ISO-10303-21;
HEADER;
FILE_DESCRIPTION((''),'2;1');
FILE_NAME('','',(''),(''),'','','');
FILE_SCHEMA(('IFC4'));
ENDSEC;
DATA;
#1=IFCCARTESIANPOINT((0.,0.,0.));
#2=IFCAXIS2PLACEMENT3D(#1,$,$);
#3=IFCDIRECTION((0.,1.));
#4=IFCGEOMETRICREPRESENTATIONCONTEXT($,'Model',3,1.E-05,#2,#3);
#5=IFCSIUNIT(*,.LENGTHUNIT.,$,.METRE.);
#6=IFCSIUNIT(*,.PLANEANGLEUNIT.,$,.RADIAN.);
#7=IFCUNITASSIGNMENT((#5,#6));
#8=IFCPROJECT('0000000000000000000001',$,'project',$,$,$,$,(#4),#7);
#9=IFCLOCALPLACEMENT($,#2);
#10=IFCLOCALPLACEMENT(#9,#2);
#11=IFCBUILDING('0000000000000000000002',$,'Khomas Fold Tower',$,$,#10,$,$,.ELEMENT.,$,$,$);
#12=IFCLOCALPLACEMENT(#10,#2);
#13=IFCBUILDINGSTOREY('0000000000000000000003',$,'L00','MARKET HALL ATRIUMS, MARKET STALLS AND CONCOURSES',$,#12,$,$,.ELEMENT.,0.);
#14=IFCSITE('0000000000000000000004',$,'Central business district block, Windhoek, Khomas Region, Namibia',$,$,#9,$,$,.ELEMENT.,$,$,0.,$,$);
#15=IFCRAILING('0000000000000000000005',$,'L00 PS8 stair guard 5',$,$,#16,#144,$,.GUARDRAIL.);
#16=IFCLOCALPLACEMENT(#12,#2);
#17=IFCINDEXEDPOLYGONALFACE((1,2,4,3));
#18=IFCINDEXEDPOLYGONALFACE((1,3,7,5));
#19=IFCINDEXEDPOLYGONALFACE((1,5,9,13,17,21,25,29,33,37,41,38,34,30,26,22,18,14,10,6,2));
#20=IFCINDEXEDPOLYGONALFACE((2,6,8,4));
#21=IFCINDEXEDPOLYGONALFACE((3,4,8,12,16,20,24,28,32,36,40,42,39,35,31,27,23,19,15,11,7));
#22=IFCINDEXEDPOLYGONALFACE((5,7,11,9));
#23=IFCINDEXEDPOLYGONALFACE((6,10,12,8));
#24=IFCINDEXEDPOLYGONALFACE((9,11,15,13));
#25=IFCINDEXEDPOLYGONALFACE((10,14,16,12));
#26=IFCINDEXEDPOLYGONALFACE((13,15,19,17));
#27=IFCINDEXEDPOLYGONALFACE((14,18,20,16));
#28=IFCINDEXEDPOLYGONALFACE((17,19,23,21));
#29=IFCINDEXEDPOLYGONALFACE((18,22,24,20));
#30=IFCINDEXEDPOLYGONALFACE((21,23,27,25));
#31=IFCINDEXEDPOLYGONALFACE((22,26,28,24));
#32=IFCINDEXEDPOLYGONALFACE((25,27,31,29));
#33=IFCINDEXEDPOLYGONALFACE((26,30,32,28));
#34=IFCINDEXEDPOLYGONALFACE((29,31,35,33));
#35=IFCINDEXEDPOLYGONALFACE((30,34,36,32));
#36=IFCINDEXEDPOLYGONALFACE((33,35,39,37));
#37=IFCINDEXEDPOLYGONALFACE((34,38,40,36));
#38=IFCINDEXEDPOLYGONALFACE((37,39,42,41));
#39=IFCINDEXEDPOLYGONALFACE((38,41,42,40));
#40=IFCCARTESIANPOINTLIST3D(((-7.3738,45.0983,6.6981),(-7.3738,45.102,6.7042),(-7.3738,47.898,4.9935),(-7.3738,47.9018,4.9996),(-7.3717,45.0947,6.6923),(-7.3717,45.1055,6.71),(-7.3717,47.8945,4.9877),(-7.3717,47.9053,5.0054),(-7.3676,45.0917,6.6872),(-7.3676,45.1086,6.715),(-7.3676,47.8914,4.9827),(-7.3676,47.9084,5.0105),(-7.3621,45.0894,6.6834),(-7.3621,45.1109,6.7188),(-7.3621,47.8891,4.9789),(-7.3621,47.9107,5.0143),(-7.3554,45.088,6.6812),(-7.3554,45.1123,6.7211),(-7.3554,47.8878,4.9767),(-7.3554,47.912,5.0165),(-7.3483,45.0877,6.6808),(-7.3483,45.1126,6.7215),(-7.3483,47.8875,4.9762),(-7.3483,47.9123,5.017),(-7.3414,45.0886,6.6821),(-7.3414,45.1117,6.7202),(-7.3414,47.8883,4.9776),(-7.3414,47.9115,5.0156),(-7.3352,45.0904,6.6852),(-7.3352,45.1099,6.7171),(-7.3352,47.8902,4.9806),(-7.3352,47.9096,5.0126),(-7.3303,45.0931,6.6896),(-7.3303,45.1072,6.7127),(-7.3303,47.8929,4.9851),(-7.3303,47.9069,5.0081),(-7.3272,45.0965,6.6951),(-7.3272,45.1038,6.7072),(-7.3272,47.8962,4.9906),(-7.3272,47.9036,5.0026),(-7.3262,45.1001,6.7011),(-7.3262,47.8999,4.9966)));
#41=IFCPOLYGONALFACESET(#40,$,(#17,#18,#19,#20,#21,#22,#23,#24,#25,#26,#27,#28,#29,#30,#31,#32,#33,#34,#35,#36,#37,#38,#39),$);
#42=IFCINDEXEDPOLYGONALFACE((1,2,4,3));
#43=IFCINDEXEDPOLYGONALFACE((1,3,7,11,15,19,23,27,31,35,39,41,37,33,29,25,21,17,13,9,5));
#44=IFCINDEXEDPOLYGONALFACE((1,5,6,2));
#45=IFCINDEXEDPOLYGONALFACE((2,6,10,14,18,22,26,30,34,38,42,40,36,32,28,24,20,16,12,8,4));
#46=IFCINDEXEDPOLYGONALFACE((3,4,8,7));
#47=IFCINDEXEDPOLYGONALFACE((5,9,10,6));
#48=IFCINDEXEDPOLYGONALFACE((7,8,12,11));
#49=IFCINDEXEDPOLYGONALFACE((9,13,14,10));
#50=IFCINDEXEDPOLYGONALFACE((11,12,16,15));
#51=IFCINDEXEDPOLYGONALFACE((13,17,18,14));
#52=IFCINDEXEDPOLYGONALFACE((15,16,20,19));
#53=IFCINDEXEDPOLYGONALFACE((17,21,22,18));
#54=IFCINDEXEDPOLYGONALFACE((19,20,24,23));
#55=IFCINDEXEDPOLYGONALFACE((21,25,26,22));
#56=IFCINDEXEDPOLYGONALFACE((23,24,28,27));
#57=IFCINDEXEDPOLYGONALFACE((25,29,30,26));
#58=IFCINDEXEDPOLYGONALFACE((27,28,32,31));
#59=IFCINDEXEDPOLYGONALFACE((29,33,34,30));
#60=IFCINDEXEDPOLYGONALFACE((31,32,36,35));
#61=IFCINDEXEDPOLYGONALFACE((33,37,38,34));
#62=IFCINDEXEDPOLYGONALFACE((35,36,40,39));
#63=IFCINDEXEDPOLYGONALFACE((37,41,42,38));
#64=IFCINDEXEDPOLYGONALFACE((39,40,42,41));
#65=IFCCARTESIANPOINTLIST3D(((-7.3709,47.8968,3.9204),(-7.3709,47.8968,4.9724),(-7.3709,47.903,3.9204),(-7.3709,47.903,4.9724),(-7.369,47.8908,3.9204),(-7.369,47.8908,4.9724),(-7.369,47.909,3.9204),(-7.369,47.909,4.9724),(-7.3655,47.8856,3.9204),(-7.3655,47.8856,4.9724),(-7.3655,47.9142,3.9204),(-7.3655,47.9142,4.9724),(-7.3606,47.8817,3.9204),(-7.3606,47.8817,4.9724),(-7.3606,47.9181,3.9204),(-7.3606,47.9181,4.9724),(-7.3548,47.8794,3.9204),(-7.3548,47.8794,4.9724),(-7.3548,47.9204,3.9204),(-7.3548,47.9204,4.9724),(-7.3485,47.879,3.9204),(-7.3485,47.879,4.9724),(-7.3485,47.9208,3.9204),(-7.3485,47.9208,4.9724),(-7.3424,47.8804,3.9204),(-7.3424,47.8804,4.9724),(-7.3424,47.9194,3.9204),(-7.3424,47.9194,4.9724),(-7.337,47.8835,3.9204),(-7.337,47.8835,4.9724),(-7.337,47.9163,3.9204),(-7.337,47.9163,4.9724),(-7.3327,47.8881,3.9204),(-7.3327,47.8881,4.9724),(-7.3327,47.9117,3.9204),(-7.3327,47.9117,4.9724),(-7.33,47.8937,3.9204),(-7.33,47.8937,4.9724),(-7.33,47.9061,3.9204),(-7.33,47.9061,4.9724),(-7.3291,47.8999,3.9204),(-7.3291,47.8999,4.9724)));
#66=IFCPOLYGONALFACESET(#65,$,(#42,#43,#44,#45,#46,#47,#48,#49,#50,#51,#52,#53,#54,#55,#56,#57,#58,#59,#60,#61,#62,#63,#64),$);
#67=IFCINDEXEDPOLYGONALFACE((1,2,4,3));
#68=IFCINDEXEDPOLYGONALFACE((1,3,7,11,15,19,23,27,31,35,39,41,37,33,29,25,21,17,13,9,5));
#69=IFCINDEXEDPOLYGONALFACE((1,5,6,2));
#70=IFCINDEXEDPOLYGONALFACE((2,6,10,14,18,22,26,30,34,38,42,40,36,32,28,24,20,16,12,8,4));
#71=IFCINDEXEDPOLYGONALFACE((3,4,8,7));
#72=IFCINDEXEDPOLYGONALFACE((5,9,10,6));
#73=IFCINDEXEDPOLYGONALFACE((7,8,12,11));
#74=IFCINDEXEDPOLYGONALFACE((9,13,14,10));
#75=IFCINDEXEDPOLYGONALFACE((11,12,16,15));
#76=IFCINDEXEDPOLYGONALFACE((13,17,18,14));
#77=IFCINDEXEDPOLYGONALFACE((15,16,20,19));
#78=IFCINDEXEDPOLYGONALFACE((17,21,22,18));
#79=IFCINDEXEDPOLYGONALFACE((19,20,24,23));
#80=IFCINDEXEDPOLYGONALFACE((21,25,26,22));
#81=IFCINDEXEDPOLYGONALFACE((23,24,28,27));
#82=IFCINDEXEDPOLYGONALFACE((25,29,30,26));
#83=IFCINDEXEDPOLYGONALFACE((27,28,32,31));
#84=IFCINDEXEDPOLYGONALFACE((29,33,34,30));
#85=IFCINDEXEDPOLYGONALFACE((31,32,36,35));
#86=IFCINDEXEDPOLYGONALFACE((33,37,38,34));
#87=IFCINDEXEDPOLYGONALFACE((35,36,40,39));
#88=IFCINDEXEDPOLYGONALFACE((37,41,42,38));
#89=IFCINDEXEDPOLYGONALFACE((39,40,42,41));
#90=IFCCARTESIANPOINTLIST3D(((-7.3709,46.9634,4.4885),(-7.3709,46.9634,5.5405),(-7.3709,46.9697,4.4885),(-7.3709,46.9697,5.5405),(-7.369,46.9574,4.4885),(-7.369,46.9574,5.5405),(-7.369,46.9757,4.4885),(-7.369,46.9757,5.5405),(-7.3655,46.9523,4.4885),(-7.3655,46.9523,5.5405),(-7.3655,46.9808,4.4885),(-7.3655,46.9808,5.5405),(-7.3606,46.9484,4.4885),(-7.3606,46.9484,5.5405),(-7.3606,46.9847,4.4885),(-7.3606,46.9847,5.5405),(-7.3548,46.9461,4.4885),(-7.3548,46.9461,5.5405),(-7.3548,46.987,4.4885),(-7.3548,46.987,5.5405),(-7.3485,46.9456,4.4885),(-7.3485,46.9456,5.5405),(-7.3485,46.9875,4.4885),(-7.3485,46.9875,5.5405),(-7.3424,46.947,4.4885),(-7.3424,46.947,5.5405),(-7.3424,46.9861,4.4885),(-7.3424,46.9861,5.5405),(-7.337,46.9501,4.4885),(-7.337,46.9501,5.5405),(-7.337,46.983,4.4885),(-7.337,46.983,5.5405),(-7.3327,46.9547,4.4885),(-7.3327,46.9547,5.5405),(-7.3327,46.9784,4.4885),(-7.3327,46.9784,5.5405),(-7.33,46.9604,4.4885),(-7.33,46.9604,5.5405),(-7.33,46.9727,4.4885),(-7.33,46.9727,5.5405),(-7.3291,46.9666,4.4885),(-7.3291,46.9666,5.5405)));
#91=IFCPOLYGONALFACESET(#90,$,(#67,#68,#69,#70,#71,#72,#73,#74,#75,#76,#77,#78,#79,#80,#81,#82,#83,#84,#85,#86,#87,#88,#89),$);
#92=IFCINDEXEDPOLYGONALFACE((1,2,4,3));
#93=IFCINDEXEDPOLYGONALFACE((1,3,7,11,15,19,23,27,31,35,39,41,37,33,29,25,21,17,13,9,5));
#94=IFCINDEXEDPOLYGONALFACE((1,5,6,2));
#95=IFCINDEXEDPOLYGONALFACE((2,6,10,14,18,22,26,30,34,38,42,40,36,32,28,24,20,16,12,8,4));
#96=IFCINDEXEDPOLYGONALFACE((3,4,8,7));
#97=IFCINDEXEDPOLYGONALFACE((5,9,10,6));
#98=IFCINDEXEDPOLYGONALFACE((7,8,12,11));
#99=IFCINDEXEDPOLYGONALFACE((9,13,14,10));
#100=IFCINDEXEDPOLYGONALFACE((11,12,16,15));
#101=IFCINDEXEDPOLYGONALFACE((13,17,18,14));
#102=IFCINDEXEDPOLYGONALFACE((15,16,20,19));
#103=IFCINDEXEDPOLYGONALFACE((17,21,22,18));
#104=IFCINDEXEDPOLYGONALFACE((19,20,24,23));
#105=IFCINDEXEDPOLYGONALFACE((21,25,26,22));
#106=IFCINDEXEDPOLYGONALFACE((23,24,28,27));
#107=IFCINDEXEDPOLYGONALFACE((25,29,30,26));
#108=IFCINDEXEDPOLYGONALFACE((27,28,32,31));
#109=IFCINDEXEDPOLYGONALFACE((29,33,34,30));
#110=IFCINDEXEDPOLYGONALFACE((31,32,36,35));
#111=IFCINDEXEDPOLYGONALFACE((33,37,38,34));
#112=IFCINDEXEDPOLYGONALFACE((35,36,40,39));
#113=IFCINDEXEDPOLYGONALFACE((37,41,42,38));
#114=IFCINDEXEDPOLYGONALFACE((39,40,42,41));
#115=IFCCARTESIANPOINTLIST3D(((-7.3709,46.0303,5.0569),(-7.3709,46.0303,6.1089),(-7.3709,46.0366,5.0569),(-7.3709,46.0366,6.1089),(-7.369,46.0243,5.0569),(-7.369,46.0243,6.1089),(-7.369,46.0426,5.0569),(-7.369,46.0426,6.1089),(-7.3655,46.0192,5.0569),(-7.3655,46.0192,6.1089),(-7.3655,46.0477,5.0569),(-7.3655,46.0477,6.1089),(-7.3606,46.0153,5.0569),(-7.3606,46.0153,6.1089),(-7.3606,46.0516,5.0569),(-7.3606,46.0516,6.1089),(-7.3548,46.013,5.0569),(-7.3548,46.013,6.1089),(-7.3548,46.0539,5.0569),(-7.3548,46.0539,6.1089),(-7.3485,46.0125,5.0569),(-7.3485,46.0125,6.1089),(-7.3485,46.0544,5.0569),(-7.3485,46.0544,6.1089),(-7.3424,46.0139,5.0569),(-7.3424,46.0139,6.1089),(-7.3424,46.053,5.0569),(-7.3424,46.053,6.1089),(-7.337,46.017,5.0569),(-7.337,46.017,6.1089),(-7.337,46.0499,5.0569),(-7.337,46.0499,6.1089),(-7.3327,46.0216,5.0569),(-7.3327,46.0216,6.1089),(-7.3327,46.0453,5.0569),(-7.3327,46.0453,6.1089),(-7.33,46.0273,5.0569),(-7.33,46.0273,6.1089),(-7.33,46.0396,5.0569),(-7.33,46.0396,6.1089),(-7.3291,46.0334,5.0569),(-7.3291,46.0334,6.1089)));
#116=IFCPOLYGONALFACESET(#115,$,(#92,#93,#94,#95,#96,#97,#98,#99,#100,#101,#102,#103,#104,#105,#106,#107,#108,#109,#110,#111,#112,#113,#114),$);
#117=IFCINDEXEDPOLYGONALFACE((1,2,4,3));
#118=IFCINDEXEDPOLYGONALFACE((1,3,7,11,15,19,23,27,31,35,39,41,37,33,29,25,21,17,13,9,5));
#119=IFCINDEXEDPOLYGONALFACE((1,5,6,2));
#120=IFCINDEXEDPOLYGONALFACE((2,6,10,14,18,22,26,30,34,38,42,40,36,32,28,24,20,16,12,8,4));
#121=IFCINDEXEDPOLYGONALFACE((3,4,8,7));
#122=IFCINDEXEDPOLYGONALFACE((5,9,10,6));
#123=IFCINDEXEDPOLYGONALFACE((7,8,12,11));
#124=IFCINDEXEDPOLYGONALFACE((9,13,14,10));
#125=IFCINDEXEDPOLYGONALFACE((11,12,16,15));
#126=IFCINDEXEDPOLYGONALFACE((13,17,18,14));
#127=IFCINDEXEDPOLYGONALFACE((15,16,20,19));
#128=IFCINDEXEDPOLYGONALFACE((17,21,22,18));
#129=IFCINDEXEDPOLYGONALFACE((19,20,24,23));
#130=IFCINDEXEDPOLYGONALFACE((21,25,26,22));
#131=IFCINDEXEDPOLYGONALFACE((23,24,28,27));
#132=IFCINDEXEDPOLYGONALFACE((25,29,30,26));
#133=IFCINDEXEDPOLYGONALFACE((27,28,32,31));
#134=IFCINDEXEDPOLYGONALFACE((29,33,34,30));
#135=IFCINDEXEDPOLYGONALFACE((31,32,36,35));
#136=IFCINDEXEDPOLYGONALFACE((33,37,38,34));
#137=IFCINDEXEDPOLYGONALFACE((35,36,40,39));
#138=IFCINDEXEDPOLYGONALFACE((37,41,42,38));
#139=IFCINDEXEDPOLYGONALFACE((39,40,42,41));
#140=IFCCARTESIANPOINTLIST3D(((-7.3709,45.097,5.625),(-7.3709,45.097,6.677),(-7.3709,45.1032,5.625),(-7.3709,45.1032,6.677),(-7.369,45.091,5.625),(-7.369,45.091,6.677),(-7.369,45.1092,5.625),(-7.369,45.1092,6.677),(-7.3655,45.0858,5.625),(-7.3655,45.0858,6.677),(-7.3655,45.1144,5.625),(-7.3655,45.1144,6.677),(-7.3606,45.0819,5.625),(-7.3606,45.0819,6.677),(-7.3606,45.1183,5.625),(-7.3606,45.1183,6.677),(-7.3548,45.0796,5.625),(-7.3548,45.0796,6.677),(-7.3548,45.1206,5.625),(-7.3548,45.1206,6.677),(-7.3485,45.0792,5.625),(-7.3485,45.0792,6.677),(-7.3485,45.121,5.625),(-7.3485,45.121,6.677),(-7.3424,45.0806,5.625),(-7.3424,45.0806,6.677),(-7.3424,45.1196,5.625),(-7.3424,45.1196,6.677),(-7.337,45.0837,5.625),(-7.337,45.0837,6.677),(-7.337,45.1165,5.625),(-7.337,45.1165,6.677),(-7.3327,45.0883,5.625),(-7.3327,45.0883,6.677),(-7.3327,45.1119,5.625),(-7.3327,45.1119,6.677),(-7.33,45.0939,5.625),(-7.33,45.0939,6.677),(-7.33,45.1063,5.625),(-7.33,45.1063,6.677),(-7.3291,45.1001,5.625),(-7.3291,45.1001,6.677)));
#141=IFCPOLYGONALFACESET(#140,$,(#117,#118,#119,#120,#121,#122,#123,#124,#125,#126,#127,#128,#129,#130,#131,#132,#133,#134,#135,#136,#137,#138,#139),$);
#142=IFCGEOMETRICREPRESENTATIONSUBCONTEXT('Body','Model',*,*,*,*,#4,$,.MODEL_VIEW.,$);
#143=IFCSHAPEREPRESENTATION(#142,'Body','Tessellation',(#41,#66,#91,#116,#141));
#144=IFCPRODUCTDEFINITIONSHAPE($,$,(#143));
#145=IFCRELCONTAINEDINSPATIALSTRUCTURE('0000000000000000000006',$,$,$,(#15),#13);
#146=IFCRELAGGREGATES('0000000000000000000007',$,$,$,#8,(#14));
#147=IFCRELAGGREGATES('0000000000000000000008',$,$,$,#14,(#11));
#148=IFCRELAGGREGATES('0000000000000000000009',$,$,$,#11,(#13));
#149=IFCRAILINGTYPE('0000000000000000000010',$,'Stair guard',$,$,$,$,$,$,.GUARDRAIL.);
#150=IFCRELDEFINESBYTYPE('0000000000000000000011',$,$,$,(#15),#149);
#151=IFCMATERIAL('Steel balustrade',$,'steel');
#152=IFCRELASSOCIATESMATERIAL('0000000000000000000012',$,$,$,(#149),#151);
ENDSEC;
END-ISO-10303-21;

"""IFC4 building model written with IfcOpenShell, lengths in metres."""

from ifc_helpers import new_model, si_unit, direction, frame, origin, origin_2d, place, context, subcontext, project, spatial, circle, extrude, source, transform, mapped, material, type_object, element, save


model = new_model("IFC4")

# Units and contexts
model_context = context("Model", 3, precision=1e-05, world=origin(), true_north=direction((0.0, 1.0)))
body_context = subcontext(model_context, "Body", "Model", "MODEL_VIEW")
ifc_project = project(units=[si_unit("LENGTHUNIT", "METRE"), si_unit("PLANEANGLEUNIT", "RADIAN")], contexts=[model_context])

# Site, building, storey
site_placement = place(None, origin())
site = spatial("IfcSite", under=ifc_project, at=site_placement, Name="Central business district block, Windhoek, Khomas Region, Namibia", CompositionType="ELEMENT", RefElevation=0.0)
building_placement = place(site_placement, origin())
building = spatial("IfcBuilding", under=site, at=building_placement, Name="Khomas Fold Tower", CompositionType="ELEMENT")
storey_placement = place(building_placement, origin())
storey = spatial("IfcBuildingStorey", under=building, at=storey_placement, Name="L00", Description="MARKET HALL ATRIUMS, MARKET STALLS AND CONCOURSES", CompositionType="ELEMENT", Elevation=0.0)

# Railing
ifc_material_1 = material(Name="Steel balustrade", Category="steel")
railing_type_1 = type_object("IfcRailingType", Name="Stair guard", PredefinedType="GUARDRAIL", material=ifc_material_1)
shared_shape_1 = source(origin(), body_context, "Body", "SweptSolid", [
    extrude(circle(Radius=0.0239, at=origin_2d()), frame((0.0, 0.0, 1.0762), z_axis=(0.0, -0.85415, 0.520027), x_axis=(1.0, 0.0, 0.0)), (0.0, 0.0, 1.0), 3.2778),
    extrude(circle(Radius=0.021, at=origin_2d()), origin(), (0.0, 0.0, 1.0), 1.052),
    extrude(circle(Radius=0.021, at=origin_2d()), frame((0.0, -0.9333, 0.5681)), (0.0, 0.0, 1.0), 1.052),
    extrude(circle(Radius=0.021, at=origin_2d()), frame((0.0, -1.8665, 1.1365)), (0.0, 0.0, 1.0), 1.052),
    extrude(circle(Radius=0.021, at=origin_2d()), frame((0.0, -2.7998, 1.7046)), (0.0, 0.0, 1.0), 1.052),
])
for number, where, name in (
    (1, (-7.3501, 47.8999, 3.9204), "L00 PS8 stair guard 5"),
):
    element("IfcRailing", number, at=place(storey_placement, frame(where)), inside=storey, type_object=railing_type_1, Name=name, PredefinedType="GUARDRAIL", context=body_context, shape_type="MappedRepresentation", body=[
        mapped(shared_shape_1, transform((0.0, 0.0, 0.0))),
    ])

save(model, "model.ifc")
